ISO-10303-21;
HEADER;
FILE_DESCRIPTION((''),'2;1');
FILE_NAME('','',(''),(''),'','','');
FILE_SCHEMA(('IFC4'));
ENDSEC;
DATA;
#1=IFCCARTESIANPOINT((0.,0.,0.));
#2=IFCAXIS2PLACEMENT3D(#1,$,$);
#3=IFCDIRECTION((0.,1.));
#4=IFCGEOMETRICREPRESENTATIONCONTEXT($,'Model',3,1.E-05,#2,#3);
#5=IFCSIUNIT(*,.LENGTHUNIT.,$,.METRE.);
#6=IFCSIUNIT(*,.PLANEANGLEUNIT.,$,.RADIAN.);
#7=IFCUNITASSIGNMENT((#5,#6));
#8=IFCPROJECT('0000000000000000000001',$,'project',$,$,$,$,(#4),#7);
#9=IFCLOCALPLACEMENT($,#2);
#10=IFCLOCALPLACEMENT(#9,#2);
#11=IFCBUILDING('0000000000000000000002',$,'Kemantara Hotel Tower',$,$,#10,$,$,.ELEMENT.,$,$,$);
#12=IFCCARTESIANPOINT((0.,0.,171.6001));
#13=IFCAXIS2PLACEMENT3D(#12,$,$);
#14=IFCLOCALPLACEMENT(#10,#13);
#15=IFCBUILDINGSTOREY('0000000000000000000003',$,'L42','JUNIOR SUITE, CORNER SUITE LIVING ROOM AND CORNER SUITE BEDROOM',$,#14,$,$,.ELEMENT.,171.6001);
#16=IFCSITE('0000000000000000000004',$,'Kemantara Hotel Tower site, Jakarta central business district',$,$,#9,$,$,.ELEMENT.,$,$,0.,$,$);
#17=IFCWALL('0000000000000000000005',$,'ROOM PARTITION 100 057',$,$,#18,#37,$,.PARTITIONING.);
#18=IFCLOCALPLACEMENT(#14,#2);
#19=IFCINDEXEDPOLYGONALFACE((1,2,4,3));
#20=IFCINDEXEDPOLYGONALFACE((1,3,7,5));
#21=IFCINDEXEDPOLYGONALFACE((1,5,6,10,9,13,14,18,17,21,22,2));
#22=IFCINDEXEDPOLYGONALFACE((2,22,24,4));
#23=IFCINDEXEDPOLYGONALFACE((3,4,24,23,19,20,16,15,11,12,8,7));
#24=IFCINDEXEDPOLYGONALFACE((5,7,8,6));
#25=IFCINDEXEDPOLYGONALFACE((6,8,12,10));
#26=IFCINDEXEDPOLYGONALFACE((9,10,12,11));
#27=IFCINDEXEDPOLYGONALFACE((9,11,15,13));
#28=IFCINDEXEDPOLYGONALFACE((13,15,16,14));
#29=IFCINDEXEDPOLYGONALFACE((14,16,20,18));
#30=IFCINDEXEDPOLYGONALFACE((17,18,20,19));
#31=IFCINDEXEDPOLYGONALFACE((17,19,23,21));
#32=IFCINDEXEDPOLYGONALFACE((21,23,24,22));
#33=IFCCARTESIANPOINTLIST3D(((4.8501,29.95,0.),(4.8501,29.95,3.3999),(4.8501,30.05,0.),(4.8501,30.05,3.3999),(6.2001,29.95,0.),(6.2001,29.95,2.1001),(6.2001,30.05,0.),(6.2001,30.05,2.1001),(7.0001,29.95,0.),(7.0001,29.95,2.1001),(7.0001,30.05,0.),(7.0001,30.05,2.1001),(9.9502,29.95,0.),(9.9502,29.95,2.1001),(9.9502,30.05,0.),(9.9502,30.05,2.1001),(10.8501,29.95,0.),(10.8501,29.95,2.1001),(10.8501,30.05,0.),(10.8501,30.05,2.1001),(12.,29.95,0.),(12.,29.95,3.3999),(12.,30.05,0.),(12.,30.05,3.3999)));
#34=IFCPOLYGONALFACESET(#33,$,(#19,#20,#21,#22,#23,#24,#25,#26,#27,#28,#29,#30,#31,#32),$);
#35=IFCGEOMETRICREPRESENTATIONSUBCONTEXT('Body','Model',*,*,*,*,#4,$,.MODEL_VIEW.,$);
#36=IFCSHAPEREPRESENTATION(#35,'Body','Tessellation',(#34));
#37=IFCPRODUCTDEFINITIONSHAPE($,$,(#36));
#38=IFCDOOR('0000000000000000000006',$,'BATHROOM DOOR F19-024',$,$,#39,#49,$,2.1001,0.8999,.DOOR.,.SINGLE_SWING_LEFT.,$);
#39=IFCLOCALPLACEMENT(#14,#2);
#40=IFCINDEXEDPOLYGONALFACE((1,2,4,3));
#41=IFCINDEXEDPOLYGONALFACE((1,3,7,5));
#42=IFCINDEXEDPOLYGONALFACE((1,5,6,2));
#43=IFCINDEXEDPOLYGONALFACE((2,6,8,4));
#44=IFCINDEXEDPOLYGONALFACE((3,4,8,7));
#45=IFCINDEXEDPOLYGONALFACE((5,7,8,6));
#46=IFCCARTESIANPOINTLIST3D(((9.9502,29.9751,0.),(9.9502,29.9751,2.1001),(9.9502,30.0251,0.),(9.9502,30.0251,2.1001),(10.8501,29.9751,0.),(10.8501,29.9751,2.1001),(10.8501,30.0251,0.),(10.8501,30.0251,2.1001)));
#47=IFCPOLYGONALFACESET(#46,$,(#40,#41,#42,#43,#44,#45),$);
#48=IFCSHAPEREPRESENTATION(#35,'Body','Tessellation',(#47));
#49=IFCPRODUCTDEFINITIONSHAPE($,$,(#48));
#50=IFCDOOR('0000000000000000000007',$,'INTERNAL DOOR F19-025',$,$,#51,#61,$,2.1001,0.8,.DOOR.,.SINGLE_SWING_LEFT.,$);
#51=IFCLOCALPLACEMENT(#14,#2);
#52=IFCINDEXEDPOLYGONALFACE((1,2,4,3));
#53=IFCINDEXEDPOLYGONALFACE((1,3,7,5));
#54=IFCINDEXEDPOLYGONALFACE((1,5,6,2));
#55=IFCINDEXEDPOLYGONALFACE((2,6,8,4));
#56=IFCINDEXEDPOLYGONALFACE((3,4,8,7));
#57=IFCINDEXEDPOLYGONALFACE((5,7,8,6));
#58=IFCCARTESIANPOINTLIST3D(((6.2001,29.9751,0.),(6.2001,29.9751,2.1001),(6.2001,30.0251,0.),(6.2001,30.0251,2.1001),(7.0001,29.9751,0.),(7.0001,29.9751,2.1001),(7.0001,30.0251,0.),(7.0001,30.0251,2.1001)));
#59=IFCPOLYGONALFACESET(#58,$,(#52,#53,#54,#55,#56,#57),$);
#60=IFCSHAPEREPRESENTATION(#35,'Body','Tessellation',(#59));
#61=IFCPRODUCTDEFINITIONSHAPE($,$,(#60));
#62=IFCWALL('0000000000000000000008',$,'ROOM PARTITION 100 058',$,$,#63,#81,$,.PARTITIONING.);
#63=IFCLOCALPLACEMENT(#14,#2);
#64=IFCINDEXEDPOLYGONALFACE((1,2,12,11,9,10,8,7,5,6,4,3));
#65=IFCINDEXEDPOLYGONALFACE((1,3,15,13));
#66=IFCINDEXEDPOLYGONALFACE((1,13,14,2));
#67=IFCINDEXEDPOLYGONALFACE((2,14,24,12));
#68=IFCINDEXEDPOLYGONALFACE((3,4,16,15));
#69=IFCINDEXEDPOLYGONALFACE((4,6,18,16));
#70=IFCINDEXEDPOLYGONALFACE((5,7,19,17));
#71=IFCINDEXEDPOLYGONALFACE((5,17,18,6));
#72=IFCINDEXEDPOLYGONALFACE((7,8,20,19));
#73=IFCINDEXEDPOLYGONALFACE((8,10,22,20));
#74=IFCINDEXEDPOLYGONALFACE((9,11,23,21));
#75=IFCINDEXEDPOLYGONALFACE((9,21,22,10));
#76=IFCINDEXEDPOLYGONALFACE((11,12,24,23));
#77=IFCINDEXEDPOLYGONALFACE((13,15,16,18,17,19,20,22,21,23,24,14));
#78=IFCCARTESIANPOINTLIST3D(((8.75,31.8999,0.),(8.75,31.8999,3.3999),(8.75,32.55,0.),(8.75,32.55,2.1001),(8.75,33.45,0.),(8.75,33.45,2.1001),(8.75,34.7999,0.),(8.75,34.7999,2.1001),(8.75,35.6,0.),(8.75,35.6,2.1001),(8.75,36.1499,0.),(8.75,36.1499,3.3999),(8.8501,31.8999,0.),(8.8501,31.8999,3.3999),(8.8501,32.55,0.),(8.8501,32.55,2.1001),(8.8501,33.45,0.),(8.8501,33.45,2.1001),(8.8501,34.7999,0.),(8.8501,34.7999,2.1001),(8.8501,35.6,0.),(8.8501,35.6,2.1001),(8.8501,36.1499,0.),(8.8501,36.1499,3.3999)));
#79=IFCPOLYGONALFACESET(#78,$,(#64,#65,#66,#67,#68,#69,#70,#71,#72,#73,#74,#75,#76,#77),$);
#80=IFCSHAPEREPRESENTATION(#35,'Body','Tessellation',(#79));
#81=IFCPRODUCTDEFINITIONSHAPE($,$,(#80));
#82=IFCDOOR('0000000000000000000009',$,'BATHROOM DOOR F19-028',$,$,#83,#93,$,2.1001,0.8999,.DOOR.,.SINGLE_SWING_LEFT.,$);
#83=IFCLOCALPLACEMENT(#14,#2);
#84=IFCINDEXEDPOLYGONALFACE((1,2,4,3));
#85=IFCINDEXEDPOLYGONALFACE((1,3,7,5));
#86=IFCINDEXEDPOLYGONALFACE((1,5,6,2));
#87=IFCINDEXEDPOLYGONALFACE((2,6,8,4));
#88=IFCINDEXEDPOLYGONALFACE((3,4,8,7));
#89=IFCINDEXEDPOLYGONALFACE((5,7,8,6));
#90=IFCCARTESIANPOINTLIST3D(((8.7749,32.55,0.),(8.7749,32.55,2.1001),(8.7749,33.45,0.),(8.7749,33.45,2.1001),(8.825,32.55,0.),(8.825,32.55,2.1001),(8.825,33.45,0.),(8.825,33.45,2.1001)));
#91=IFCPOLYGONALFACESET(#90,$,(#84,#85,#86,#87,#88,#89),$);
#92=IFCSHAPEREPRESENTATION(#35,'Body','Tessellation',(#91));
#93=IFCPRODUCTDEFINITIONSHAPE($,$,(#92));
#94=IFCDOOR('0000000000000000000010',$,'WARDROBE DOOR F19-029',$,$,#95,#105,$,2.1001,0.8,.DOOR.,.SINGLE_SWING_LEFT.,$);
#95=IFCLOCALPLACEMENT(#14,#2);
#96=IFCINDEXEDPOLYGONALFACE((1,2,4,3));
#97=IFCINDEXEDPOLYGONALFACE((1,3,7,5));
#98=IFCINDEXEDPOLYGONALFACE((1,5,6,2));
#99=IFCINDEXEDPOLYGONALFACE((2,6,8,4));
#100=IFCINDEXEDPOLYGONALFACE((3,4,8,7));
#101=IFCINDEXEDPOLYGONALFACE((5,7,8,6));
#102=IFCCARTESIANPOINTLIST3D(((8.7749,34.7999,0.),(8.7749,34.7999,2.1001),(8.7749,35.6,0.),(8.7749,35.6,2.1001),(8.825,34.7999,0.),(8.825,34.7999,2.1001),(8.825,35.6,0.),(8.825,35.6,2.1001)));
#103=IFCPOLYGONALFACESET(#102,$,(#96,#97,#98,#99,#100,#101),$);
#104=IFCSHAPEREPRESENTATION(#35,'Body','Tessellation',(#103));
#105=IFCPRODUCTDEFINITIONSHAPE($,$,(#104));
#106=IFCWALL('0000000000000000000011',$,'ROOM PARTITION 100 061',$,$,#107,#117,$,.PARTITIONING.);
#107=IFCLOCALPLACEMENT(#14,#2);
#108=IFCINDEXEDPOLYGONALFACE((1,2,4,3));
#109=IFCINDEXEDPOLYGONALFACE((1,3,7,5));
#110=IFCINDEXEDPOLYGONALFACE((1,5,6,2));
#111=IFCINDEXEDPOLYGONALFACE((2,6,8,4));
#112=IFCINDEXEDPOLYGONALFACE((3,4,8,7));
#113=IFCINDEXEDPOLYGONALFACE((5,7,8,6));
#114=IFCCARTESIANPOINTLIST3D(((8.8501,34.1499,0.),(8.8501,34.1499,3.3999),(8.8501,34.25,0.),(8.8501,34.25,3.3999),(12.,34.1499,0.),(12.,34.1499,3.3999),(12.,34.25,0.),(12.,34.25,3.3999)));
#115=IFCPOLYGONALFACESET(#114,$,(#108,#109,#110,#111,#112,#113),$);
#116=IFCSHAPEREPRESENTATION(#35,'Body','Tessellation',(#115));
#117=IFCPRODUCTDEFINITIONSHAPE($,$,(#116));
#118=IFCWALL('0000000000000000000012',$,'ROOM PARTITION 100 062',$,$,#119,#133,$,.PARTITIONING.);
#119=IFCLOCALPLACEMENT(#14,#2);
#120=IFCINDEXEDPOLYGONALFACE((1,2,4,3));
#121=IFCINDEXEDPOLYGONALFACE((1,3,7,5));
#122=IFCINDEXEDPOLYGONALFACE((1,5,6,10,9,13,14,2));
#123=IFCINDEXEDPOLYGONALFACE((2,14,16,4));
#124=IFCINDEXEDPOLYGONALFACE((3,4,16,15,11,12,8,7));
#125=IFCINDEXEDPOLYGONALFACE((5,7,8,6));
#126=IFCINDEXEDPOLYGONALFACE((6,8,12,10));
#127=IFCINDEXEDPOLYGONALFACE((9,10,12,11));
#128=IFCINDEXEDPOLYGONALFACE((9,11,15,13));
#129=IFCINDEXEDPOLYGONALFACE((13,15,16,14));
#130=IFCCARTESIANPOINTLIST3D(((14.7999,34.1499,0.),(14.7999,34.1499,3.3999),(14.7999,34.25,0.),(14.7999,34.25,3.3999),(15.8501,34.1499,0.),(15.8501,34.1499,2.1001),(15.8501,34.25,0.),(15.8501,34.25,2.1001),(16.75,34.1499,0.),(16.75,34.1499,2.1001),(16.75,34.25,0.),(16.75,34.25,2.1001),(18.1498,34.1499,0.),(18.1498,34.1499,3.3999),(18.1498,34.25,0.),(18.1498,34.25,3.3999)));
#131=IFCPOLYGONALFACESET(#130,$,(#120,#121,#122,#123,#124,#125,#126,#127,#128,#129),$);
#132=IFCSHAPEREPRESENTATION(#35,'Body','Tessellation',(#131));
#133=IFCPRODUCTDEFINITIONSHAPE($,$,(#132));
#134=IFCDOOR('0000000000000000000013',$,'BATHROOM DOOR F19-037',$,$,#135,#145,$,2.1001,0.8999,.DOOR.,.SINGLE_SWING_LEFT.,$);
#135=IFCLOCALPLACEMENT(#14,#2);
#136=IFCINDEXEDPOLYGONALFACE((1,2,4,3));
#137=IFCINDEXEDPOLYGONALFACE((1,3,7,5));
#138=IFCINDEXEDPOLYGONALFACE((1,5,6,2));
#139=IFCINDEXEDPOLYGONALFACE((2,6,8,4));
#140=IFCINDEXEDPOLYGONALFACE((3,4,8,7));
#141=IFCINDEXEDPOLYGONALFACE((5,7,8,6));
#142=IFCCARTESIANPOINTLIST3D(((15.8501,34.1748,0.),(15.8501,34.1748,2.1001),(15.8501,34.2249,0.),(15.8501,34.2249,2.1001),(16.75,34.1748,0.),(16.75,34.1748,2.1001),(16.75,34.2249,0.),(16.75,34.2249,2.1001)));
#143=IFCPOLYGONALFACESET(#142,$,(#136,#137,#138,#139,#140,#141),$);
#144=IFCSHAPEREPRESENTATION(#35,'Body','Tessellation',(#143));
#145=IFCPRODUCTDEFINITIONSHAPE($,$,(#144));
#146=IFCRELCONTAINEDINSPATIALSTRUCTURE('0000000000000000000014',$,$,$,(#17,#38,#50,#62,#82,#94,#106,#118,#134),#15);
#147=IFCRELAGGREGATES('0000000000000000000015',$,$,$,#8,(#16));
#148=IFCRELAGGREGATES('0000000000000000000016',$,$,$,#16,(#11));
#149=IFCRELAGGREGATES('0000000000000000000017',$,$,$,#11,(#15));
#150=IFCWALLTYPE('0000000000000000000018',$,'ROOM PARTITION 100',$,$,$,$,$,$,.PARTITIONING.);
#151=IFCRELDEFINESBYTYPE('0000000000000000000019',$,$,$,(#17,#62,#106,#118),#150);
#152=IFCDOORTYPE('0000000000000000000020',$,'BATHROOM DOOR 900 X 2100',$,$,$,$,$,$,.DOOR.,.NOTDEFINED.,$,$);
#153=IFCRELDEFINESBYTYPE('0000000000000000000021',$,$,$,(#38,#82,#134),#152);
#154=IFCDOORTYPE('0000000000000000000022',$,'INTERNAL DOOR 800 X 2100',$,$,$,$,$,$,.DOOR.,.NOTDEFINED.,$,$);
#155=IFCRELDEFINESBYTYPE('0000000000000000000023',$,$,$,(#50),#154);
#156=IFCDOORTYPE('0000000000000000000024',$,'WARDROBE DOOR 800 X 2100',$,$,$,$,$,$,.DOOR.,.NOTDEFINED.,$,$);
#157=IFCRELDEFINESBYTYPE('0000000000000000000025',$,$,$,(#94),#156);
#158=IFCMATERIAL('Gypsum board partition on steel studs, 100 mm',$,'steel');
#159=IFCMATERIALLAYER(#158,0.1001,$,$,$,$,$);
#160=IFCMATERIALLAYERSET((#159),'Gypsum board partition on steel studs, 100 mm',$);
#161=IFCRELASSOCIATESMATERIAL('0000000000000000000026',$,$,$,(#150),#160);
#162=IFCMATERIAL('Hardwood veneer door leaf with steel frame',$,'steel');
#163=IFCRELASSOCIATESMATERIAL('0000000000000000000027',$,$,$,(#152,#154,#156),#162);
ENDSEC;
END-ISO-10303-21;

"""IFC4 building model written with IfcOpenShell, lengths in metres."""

from ifc_helpers import new_model, si_unit, direction, frame, frame_2d, origin, place, context, subcontext, project, spatial, rectangle, extrude, material, layer, layer_set, type_object, element, fill, save


model = new_model("IFC4")

# Units and contexts
model_context = context("Model", 3, precision=1e-05, world=origin(), true_north=direction((0.0, 1.0)))
body_context = subcontext(model_context, "Body", "Model", "MODEL_VIEW")
ifc_project = project(units=[si_unit("LENGTHUNIT", "METRE"), si_unit("PLANEANGLEUNIT", "RADIAN")], contexts=[model_context])

# Site, building, storey
site_placement = place(None, origin())
site = spatial("IfcSite", under=ifc_project, at=site_placement, Name="Kemantara Hotel Tower site, Jakarta central business district", CompositionType="ELEMENT", RefElevation=0.0)
building_placement = place(site_placement, origin())
building = spatial("IfcBuilding", under=site, at=building_placement, Name="Kemantara Hotel Tower", CompositionType="ELEMENT")
storey_placement = place(building_placement, frame((0.0, 0.0, 171.6001)))
storey = spatial("IfcBuildingStorey", under=building, at=storey_placement, Name="L42", Description="JUNIOR SUITE, CORNER SUITE LIVING ROOM AND CORNER SUITE BEDROOM", CompositionType="ELEMENT", Elevation=171.6001)

# Shared definitions
ifc_material_1 = material(Name="Hardwood veneer door leaf with steel frame", Category="steel")

# Shared definitions
ifc_material_2 = material(Name="Gypsum board partition on steel studs, 100 mm", Category="steel")
ifc_layer_1 = layer(ifc_material_2, 0.1001)
ifc_layer_set_1 = layer_set([ifc_layer_1], Name="Gypsum board partition on steel studs, 100 mm")
wall_type_1 = type_object("IfcWallType", Name="ROOM PARTITION 100", PredefinedType="PARTITIONING", material=ifc_layer_set_1)

# Walls, openings, doors
wall_1_placement = place(storey_placement, frame((12.0, 30.0, 0.0), z_axis=(0.0, 0.0, 1.0), x_axis=(-1.0, 0.0, 0.0)))
wall_1 = element("IfcWall", 1, at=wall_1_placement, inside=storey, type_object=wall_type_1, Name="ROOM PARTITION 100 057", PredefinedType="PARTITIONING", context=body_context, shape_type="SweptSolid", body=[
    extrude(rectangle(XDim=7.1499, YDim=0.1001, at=frame_2d((3.575, 0.0))), origin(), (0.0, 0.0, 1.0), 3.3999),
])
opening_1_placement = place(wall_1_placement, frame((1.1499, 0.0, 0.0)))
opening_1 = element("IfcOpeningElement", 2, at=opening_1_placement, cuts=wall_1, PredefinedType="OPENING", context=body_context, shape_type="SweptSolid", body=[
    extrude(rectangle(XDim=0.8999, YDim=2.1001, at=frame_2d((0.45, 1.05))), frame((0.0, 0.0601, 0.0), z_axis=(0.0, -1.0, 0.0), x_axis=(1.0, 0.0, 0.0)), (0.0, 0.0, 1.0), 0.1201),
])
opening_2_placement = place(wall_1_placement, frame((5.0, 0.0, 0.0)))
opening_2 = element("IfcOpeningElement", 3, at=opening_2_placement, cuts=wall_1, PredefinedType="OPENING", context=body_context, shape_type="SweptSolid", body=[
    extrude(rectangle(XDim=0.8, YDim=2.1001, at=frame_2d((0.3999, 1.05))), frame((0.0, 0.0601, 0.0), z_axis=(0.0, -1.0, 0.0), x_axis=(1.0, 0.0, 0.0)), (0.0, 0.0, 1.0), 0.1201),
])
door_type_1 = type_object("IfcDoorType", Name="BATHROOM DOOR 900 X 2100", OperationType="NOTDEFINED", PredefinedType="DOOR", material=ifc_material_1)
door_1_placement = place(opening_1_placement, origin())
door_1 = element("IfcDoor", 4, at=door_1_placement, inside=storey, type_object=door_type_1, Name="BATHROOM DOOR F19-024", OperationType="SINGLE_SWING_LEFT", OverallHeight=2.1001, OverallWidth=0.8999, PredefinedType="DOOR", context=body_context, shape_type="SweptSolid", body=[
    extrude(rectangle(XDim=0.8999, YDim=2.1001, at=frame_2d((0.45, 1.05))), frame((0.0, 0.0249, 0.0), z_axis=(0.0, -1.0, 0.0), x_axis=(1.0, 0.0, 0.0)), (0.0, 0.0, 1.0), 0.05),
])
fill(opening_1, door_1)
door_type_2 = type_object("IfcDoorType", Name="INTERNAL DOOR 800 X 2100", OperationType="NOTDEFINED", PredefinedType="DOOR", material=ifc_material_1)
door_2_placement = place(opening_2_placement, origin())
door_2 = element("IfcDoor", 5, at=door_2_placement, inside=storey, type_object=door_type_2, Name="INTERNAL DOOR F19-025", OperationType="SINGLE_SWING_LEFT", OverallHeight=2.1001, OverallWidth=0.8, PredefinedType="DOOR", context=body_context, shape_type="SweptSolid", body=[
    extrude(rectangle(XDim=0.8, YDim=2.1001, at=frame_2d((0.3999, 1.05))), frame((0.0, 0.0249, 0.0), z_axis=(0.0, -1.0, 0.0), x_axis=(1.0, 0.0, 0.0)), (0.0, 0.0, 1.0), 0.05),
])
fill(opening_2, door_2)
wall_2_placement = place(storey_placement, frame((8.8, 36.1499, 0.0), z_axis=(0.0, 0.0, 1.0), x_axis=(0.0, -1.0, 0.0)))
wall_2 = element("IfcWall", 6, at=wall_2_placement, inside=storey, type_object=wall_type_1, Name="ROOM PARTITION 100 058", PredefinedType="PARTITIONING", context=body_context, shape_type="SweptSolid", body=[
    extrude(rectangle(XDim=4.25, YDim=0.1001, at=frame_2d((2.125, 0.0))), origin(), (0.0, 0.0, 1.0), 3.3999),
])
opening_3_placement = place(wall_2_placement, frame((2.7, 0.0, 0.0)))
opening_3 = element("IfcOpeningElement", 7, at=opening_3_placement, cuts=wall_2, PredefinedType="OPENING", context=body_context, shape_type="SweptSolid", body=[
    extrude(rectangle(XDim=0.8999, YDim=2.1001, at=frame_2d((0.45, 1.05))), frame((0.0, 0.0601, 0.0), z_axis=(0.0, -1.0, 0.0), x_axis=(1.0, 0.0, 0.0)), (0.0, 0.0, 1.0), 0.1201),
])
opening_4_placement = place(wall_2_placement, frame((0.55, 0.0, 0.0)))
opening_4 = element("IfcOpeningElement", 8, at=opening_4_placement, cuts=wall_2, PredefinedType="OPENING", context=body_context, shape_type="SweptSolid", body=[
    extrude(rectangle(XDim=0.8, YDim=2.1001, at=frame_2d((0.3999, 1.05))), frame((0.0, 0.0601, 0.0), z_axis=(0.0, -1.0, 0.0), x_axis=(1.0, 0.0, 0.0)), (0.0, 0.0, 1.0), 0.1201),
])
door_3_placement = place(opening_3_placement, origin())
door_3 = element("IfcDoor", 9, at=door_3_placement, inside=storey, type_object=door_type_1, Name="BATHROOM DOOR F19-028", OperationType="SINGLE_SWING_LEFT", OverallHeight=2.1001, OverallWidth=0.8999, PredefinedType="DOOR", context=body_context, shape_type="SweptSolid", body=[
    extrude(rectangle(XDim=0.8999, YDim=2.1001, at=frame_2d((0.45, 1.05))), frame((0.0, 0.0249, 0.0), z_axis=(0.0, -1.0, 0.0), x_axis=(1.0, 0.0, 0.0)), (0.0, 0.0, 1.0), 0.05),
])
fill(opening_3, door_3)
door_type_3 = type_object("IfcDoorType", Name="WARDROBE DOOR 800 X 2100", OperationType="NOTDEFINED", PredefinedType="DOOR", material=ifc_material_1)
door_4_placement = place(opening_4_placement, origin())
door_4 = element("IfcDoor", 10, at=door_4_placement, inside=storey, type_object=door_type_3, Name="WARDROBE DOOR F19-029", OperationType="SINGLE_SWING_LEFT", OverallHeight=2.1001, OverallWidth=0.8, PredefinedType="DOOR", context=body_context, shape_type="SweptSolid", body=[
    extrude(rectangle(XDim=0.8, YDim=2.1001, at=frame_2d((0.3999, 1.05))), frame((0.0, 0.0249, 0.0), z_axis=(0.0, -1.0, 0.0), x_axis=(1.0, 0.0, 0.0)), (0.0, 0.0, 1.0), 0.05),
])
fill(opening_4, door_4)

# Wall
wall_3_placement = place(storey_placement, frame((8.8501, 34.2, 0.0), z_axis=(0.0, 0.0, 1.0), x_axis=(1.0, 0.0, 0.0)))
element("IfcWall", 11, at=wall_3_placement, inside=storey, type_object=wall_type_1, Name="ROOM PARTITION 100 061", PredefinedType="PARTITIONING", context=body_context, shape_type="SweptSolid", body=[
    extrude(rectangle(XDim=3.1499, YDim=0.1001, at=frame_2d((1.575, 0.0))), origin(), (0.0, 0.0, 1.0), 3.3999),
])

# Wall, opening, door
wall_4_placement = place(storey_placement, frame((14.8, 34.2, 0.0), z_axis=(0.0, 0.0, 1.0), x_axis=(1.0, 0.0, 0.0)))
wall_4 = element("IfcWall", 12, at=wall_4_placement, inside=storey, type_object=wall_type_1, Name="ROOM PARTITION 100 062", PredefinedType="PARTITIONING", context=body_context, shape_type="SweptSolid", body=[
    extrude(rectangle(XDim=3.3499, YDim=0.1001, at=frame_2d((1.6748, 0.0))), origin(), (0.0, 0.0, 1.0), 3.3999),
])
opening_5_placement = place(wall_4_placement, frame((1.05, 0.0, 0.0)))
opening_5 = element("IfcOpeningElement", 13, at=opening_5_placement, cuts=wall_4, PredefinedType="OPENING", context=body_context, shape_type="SweptSolid", body=[
    extrude(rectangle(XDim=0.8999, YDim=2.1001, at=frame_2d((0.45, 1.05))), frame((0.0, 0.0601, 0.0), z_axis=(0.0, -1.0, 0.0), x_axis=(1.0, 0.0, 0.0)), (0.0, 0.0, 1.0), 0.1201),
])
door_5_placement = place(opening_5_placement, origin())
door_5 = element("IfcDoor", 14, at=door_5_placement, inside=storey, type_object=door_type_1, Name="BATHROOM DOOR F19-037", OperationType="SINGLE_SWING_LEFT", OverallHeight=2.1001, OverallWidth=0.8999, PredefinedType="DOOR", context=body_context, shape_type="SweptSolid", body=[
    extrude(rectangle(XDim=0.8999, YDim=2.1001, at=frame_2d((0.45, 1.05))), frame((0.0, 0.0249, 0.0), z_axis=(0.0, -1.0, 0.0), x_axis=(1.0, 0.0, 0.0)), (0.0, 0.0, 1.0), 0.05),
])
fill(opening_5, door_5)

save(model, "model.ifc")
